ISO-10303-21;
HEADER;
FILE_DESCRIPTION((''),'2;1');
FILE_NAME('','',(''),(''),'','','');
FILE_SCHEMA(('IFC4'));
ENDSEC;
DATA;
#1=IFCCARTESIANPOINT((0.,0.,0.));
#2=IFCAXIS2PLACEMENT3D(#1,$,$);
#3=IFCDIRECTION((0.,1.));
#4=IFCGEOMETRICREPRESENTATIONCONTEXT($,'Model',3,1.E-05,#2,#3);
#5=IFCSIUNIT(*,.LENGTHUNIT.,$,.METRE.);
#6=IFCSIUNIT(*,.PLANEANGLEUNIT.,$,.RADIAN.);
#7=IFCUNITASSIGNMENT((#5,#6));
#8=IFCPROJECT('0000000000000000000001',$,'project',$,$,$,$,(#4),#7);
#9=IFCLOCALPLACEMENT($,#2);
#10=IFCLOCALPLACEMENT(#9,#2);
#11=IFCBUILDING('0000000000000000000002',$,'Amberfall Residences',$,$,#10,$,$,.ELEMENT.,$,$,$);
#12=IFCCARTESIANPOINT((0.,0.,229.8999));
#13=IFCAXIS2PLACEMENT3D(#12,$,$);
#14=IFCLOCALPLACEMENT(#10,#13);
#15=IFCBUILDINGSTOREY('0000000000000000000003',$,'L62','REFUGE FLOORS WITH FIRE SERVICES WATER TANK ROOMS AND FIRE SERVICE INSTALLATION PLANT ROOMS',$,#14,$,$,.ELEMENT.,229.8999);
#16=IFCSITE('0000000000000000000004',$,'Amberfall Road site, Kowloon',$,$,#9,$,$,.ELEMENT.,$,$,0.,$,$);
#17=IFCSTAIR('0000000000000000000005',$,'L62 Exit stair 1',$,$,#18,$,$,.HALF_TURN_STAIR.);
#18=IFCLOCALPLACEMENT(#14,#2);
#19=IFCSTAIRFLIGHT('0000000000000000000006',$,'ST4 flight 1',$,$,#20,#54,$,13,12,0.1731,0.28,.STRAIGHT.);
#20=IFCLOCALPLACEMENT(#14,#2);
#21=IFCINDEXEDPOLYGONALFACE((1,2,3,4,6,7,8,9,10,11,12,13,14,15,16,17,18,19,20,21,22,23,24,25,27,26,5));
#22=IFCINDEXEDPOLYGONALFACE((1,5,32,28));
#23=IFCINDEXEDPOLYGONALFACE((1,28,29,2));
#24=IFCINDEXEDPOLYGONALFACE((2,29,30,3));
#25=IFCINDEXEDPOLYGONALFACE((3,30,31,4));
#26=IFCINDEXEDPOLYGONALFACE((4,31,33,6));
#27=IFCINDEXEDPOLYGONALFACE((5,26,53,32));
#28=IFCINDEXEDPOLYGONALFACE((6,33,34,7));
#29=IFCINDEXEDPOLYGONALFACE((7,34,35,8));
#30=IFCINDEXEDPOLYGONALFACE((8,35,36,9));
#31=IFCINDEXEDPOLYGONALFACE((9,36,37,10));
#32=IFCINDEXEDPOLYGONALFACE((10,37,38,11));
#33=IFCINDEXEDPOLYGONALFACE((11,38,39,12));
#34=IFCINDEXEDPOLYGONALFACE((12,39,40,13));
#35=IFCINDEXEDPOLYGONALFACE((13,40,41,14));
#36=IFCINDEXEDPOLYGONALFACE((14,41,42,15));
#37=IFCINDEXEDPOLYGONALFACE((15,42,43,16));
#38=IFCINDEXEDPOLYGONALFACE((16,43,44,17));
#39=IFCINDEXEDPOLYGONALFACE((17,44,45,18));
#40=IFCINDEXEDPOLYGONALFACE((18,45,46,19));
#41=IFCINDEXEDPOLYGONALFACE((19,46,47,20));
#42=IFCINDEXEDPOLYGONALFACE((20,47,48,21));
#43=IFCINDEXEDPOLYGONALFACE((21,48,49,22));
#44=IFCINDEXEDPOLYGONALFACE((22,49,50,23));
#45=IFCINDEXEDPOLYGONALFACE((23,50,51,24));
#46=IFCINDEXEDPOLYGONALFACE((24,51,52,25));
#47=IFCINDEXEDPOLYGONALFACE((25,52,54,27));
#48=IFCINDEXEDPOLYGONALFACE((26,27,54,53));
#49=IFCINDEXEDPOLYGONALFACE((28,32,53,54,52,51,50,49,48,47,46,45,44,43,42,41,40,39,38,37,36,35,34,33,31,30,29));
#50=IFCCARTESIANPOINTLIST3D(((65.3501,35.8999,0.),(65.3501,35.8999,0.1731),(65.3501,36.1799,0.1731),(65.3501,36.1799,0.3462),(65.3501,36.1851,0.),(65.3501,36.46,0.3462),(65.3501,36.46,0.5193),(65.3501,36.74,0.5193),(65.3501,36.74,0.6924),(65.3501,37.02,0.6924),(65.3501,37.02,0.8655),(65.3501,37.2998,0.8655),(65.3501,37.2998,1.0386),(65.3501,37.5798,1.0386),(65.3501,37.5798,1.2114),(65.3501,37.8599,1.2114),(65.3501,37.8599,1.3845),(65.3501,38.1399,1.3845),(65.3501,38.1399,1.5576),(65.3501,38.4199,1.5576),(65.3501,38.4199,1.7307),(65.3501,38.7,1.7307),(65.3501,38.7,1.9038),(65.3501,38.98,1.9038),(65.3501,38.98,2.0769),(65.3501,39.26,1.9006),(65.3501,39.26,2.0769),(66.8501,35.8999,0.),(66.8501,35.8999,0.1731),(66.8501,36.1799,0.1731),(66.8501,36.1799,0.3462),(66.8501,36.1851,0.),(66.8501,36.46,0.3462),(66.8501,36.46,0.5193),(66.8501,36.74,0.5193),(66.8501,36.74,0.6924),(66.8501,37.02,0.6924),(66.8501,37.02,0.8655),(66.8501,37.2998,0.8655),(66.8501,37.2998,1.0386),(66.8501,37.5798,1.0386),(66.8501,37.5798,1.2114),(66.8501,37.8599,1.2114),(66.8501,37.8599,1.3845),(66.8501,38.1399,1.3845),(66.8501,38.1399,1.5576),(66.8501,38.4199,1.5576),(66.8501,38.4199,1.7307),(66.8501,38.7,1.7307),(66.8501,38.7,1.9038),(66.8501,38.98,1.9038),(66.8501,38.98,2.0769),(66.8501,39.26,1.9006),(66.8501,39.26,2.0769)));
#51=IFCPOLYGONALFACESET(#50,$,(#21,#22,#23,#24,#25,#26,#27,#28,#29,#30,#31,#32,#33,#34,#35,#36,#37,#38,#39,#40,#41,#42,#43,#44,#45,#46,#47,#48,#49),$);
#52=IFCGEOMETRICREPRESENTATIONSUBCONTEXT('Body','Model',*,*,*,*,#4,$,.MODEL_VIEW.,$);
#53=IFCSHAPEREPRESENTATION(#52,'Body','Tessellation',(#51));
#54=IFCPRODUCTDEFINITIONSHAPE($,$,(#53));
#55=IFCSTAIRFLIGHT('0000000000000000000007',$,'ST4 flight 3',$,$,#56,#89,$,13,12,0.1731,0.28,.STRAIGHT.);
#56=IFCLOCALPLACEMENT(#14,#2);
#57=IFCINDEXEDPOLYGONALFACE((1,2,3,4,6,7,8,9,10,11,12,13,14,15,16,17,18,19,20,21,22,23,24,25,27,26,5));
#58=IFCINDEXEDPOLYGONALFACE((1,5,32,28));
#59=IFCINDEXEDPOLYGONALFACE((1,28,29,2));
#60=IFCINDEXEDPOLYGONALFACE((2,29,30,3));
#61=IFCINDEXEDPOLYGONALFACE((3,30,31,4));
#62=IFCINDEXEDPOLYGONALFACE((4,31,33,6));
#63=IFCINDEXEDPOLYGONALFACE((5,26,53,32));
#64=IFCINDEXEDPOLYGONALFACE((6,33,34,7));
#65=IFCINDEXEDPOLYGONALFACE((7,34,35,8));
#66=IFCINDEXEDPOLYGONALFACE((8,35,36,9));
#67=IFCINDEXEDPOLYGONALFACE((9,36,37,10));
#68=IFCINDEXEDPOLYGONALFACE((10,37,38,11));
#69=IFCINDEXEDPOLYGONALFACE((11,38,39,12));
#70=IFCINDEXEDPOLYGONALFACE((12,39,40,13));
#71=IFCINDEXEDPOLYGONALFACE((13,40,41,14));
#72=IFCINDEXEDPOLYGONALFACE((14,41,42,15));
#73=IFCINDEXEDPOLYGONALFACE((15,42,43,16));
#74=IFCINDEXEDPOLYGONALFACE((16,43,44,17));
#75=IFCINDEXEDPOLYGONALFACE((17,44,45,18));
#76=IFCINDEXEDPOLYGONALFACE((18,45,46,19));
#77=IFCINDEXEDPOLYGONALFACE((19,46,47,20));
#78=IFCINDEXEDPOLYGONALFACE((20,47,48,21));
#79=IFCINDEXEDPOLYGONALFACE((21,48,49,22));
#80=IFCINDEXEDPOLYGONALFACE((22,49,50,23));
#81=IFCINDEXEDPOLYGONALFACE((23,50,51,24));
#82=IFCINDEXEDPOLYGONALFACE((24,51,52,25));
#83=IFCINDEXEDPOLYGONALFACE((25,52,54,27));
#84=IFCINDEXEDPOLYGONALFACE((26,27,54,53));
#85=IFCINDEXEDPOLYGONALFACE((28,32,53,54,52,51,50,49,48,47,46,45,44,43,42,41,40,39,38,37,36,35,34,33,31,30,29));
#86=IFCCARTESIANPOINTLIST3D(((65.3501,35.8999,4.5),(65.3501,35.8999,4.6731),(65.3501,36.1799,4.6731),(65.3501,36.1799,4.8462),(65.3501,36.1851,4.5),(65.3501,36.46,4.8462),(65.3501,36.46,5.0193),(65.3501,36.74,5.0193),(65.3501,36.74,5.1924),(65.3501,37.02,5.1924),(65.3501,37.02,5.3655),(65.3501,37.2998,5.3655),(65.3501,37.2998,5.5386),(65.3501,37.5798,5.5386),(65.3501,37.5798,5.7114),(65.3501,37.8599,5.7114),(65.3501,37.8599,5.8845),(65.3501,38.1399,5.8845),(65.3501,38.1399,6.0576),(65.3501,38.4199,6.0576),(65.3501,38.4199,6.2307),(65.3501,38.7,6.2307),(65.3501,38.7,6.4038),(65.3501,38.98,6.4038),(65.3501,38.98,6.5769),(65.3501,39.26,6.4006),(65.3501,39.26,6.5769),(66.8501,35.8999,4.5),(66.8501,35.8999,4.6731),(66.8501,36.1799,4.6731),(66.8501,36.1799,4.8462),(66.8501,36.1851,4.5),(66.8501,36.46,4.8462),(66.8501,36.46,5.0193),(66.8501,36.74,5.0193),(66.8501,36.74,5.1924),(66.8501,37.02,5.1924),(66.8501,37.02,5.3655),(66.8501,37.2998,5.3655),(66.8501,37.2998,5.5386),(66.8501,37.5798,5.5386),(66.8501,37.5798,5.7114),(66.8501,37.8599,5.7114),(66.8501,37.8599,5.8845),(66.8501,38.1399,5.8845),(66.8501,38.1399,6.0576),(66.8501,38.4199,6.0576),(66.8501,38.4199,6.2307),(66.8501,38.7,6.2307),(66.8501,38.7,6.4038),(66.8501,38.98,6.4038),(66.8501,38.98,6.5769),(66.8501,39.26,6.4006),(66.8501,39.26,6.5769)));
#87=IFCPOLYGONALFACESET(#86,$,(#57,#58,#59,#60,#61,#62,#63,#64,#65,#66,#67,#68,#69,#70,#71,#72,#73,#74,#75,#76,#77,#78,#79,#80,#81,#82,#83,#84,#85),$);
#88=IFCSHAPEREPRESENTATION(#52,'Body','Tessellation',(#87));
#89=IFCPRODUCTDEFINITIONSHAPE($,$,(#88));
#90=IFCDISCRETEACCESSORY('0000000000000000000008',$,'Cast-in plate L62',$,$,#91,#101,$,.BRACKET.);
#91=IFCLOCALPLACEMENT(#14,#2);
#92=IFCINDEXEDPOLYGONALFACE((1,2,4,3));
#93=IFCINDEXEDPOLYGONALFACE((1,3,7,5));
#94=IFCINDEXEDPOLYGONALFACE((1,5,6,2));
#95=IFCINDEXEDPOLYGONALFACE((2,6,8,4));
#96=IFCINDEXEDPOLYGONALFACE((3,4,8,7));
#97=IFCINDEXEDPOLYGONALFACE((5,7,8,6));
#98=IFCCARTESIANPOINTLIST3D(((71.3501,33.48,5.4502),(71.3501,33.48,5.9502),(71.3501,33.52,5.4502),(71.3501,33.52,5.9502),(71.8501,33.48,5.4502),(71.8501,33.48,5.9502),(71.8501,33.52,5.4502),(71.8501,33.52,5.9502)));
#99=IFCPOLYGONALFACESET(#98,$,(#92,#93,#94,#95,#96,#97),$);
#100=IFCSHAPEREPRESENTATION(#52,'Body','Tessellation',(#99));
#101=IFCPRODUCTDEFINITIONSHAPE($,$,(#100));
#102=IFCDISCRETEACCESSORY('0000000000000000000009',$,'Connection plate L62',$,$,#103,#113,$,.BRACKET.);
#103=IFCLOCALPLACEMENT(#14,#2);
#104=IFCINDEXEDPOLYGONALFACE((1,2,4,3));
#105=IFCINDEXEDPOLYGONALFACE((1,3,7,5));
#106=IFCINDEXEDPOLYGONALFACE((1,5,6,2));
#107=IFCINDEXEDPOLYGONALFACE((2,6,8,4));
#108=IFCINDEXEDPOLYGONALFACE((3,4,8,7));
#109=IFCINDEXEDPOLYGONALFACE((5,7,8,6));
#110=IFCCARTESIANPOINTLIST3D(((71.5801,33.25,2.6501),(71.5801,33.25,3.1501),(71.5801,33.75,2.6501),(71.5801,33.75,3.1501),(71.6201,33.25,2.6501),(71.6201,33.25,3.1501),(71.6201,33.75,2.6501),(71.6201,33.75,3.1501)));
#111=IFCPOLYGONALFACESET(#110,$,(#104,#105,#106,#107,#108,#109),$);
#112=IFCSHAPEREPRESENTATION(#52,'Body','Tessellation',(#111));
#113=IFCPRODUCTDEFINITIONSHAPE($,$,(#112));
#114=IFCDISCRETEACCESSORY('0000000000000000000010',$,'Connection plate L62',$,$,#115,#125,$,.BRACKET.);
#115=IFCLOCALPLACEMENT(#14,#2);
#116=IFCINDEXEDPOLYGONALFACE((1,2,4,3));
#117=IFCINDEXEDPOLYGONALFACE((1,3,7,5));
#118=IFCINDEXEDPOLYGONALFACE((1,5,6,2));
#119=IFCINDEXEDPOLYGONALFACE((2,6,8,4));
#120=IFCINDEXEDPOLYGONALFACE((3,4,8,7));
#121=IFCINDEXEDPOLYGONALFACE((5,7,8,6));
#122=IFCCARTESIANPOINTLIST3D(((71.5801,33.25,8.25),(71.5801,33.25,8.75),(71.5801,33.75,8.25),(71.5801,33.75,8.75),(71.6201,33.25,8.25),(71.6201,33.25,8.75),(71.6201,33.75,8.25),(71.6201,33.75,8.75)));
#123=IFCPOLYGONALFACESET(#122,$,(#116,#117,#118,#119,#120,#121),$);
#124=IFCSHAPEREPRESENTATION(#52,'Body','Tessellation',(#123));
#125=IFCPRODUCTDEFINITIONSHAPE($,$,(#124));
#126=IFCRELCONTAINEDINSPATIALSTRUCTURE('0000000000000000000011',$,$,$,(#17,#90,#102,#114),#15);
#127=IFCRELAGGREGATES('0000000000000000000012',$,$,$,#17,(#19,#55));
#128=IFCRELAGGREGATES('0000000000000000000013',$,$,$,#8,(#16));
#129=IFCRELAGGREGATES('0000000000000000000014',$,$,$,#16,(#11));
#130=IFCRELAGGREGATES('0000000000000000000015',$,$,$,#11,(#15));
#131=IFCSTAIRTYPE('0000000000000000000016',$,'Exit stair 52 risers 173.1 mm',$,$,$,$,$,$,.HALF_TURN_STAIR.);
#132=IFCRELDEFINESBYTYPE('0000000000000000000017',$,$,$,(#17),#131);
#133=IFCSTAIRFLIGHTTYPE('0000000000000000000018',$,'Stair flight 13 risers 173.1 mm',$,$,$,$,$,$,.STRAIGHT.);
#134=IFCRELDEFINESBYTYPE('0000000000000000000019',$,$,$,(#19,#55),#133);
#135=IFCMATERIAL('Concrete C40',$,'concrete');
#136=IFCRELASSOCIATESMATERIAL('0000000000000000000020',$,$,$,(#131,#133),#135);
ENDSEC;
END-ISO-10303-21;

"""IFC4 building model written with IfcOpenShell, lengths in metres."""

from ifc_helpers import new_model, si_unit, direction, frame, origin, origin_2d, place, context, subcontext, project, spatial, polyline, rectangle, outline, extrude, material, type_object, element, aggregate, save


model = new_model("IFC4")

# Units and contexts
model_context = context("Model", 3, precision=1e-05, world=origin(), true_north=direction((0.0, 1.0)))
body_context = subcontext(model_context, "Body", "Model", "MODEL_VIEW")
ifc_project = project(units=[si_unit("LENGTHUNIT", "METRE"), si_unit("PLANEANGLEUNIT", "RADIAN")], contexts=[model_context])

# Site, building, storey
site_placement = place(None, origin())
site = spatial("IfcSite", under=ifc_project, at=site_placement, Name="Amberfall Road site, Kowloon", CompositionType="ELEMENT", RefElevation=0.0)
building_placement = place(site_placement, origin())
building = spatial("IfcBuilding", under=site, at=building_placement, Name="Amberfall Residences", CompositionType="ELEMENT")
storey_placement = place(building_placement, frame((0.0, 0.0, 229.8999)))
storey = spatial("IfcBuildingStorey", under=building, at=storey_placement, Name="L62", Description="REFUGE FLOORS WITH FIRE SERVICES WATER TANK ROOMS AND FIRE SERVICE INSTALLATION PLANT ROOMS", CompositionType="ELEMENT", Elevation=229.8999)

# Shared definitions
ifc_material_1 = material(Name="Concrete C40", Category="concrete")

# Stair, stair flights
stair_type = type_object("IfcStairType", Name="Exit stair 52 risers 173.1 mm", PredefinedType="HALF_TURN_STAIR", material=ifc_material_1)
stair_placement = place(storey_placement, origin())
stair = element("IfcStair", 1, at=stair_placement, inside=storey, type_object=stair_type, Name="L62 Exit stair 1", PredefinedType="HALF_TURN_STAIR")
stair_flight_type = type_object("IfcStairFlightType", Name="Stair flight 13 risers 173.1 mm", PredefinedType="STRAIGHT", material=ifc_material_1)
stair_flight_1_placement = place(storey_placement, frame((66.1001, 35.8999, 0.0), z_axis=(0.0, 0.0, 1.0), x_axis=(0.0, 1.0, 0.0)))
stair_flight_1 = element("IfcStairFlight", 2, at=stair_flight_1_placement, type_object=stair_flight_type, Name="ST4 flight 1", NumberOfRisers=13, NumberOfTreads=12, PredefinedType="STRAIGHT", RiserHeight=0.1731, TreadLength=0.28, context=body_context, shape_type="SweptSolid", body=[
    extrude(outline(polyline([(0.0, 0.0), (0.0, 0.1731), (0.28, 0.1731), (0.28, 0.3462), (0.5601, 0.3462), (0.5601, 0.5193), (0.8401, 0.5193), (0.8401, 0.6924), (1.1201, 0.6924), (1.1201, 0.8655), (1.3999, 0.8655), (1.3999, 1.0386), (1.6799, 1.0386), (1.6799, 1.2114), (1.96, 1.2114), (1.96, 1.3845), (2.24, 1.3845), (2.24, 1.5576), (2.52, 1.5576), (2.52, 1.7307), (2.8, 1.7307), (2.8, 1.9038), (3.0801, 1.9038), (3.0801, 2.0769), (3.3601, 2.0769), (3.3601, 2.25), (3.3601, 1.9006), (0.2852, 0.0), (0.0, 0.0)])), frame((0.0, 0.75, 0.0), z_axis=(0.0, -1.0, 0.0), x_axis=(1.0, 0.0, 0.0)), (0.0, 0.0, 1.0), 1.5),
])
stair_flight_2_placement = place(storey_placement, frame((66.1001, 35.8999, 4.5), z_axis=(0.0, 0.0, 1.0), x_axis=(0.0, 1.0, 0.0)))
stair_flight_2 = element("IfcStairFlight", 3, at=stair_flight_2_placement, type_object=stair_flight_type, Name="ST4 flight 3", NumberOfRisers=13, NumberOfTreads=12, PredefinedType="STRAIGHT", RiserHeight=0.1731, TreadLength=0.28, context=body_context, shape_type="SweptSolid", body=[
    extrude(outline(polyline([(0.0, 0.0), (0.0, 0.1731), (0.28, 0.1731), (0.28, 0.3462), (0.5601, 0.3462), (0.5601, 0.5193), (0.8401, 0.5193), (0.8401, 0.6924), (1.1201, 0.6924), (1.1201, 0.8655), (1.3999, 0.8655), (1.3999, 1.0386), (1.6799, 1.0386), (1.6799, 1.2114), (1.96, 1.2114), (1.96, 1.3845), (2.24, 1.3845), (2.24, 1.5576), (2.52, 1.5576), (2.52, 1.7307), (2.8, 1.7307), (2.8, 1.9038), (3.0801, 1.9038), (3.0801, 2.0769), (3.3601, 2.0769), (3.3601, 2.25), (3.3601, 1.9006), (0.2852, 0.0), (0.0, 0.0)])), frame((0.0, 0.75, 0.0), z_axis=(0.0, -1.0, 0.0), x_axis=(1.0, 0.0, 0.0)), (0.0, 0.0, 1.0), 1.5),
])
aggregate(stair, [stair_flight_1, stair_flight_2])

# Discrete accessories
discrete_accessory_placement = place(storey_placement, frame((71.6001, 33.5, 5.4502), z_axis=(0.0, 0.0, 1.0), x_axis=(0.0, 1.0, 0.0)))
element("IfcDiscreteAccessory", 4, at=discrete_accessory_placement, inside=storey, Name="Cast-in plate L62", PredefinedType="BRACKET", context=body_context, shape_type="SweptSolid", body=[
    extrude(rectangle(XDim=0.04, YDim=0.5, at=origin_2d()), origin(), (0.0, 0.0, 1.0), 0.5),
])
for number, where, z_axis, x_axis, name in (
    (5, (71.6001, 33.5, 2.6501), (0.0, 0.0, 1.0), (0.0, 1.0, 0.0), "Connection plate L62"),
    (6, (71.6001, 33.5, 8.25), (0.0, 0.0, 1.0), (0.0, 1.0, 0.0), "Connection plate L62"),
):
    element("IfcDiscreteAccessory", number, at=place(storey_placement, frame(where, z_axis=z_axis, x_axis=x_axis)), inside=storey, Name=name, PredefinedType="BRACKET", context=body_context, shape_type="SweptSolid", body=[
        extrude(rectangle(XDim=0.5, YDim=0.04, at=origin_2d()), origin(), (0.0, 0.0, 1.0), 0.5),
    ])

save(model, "model.ifc")
